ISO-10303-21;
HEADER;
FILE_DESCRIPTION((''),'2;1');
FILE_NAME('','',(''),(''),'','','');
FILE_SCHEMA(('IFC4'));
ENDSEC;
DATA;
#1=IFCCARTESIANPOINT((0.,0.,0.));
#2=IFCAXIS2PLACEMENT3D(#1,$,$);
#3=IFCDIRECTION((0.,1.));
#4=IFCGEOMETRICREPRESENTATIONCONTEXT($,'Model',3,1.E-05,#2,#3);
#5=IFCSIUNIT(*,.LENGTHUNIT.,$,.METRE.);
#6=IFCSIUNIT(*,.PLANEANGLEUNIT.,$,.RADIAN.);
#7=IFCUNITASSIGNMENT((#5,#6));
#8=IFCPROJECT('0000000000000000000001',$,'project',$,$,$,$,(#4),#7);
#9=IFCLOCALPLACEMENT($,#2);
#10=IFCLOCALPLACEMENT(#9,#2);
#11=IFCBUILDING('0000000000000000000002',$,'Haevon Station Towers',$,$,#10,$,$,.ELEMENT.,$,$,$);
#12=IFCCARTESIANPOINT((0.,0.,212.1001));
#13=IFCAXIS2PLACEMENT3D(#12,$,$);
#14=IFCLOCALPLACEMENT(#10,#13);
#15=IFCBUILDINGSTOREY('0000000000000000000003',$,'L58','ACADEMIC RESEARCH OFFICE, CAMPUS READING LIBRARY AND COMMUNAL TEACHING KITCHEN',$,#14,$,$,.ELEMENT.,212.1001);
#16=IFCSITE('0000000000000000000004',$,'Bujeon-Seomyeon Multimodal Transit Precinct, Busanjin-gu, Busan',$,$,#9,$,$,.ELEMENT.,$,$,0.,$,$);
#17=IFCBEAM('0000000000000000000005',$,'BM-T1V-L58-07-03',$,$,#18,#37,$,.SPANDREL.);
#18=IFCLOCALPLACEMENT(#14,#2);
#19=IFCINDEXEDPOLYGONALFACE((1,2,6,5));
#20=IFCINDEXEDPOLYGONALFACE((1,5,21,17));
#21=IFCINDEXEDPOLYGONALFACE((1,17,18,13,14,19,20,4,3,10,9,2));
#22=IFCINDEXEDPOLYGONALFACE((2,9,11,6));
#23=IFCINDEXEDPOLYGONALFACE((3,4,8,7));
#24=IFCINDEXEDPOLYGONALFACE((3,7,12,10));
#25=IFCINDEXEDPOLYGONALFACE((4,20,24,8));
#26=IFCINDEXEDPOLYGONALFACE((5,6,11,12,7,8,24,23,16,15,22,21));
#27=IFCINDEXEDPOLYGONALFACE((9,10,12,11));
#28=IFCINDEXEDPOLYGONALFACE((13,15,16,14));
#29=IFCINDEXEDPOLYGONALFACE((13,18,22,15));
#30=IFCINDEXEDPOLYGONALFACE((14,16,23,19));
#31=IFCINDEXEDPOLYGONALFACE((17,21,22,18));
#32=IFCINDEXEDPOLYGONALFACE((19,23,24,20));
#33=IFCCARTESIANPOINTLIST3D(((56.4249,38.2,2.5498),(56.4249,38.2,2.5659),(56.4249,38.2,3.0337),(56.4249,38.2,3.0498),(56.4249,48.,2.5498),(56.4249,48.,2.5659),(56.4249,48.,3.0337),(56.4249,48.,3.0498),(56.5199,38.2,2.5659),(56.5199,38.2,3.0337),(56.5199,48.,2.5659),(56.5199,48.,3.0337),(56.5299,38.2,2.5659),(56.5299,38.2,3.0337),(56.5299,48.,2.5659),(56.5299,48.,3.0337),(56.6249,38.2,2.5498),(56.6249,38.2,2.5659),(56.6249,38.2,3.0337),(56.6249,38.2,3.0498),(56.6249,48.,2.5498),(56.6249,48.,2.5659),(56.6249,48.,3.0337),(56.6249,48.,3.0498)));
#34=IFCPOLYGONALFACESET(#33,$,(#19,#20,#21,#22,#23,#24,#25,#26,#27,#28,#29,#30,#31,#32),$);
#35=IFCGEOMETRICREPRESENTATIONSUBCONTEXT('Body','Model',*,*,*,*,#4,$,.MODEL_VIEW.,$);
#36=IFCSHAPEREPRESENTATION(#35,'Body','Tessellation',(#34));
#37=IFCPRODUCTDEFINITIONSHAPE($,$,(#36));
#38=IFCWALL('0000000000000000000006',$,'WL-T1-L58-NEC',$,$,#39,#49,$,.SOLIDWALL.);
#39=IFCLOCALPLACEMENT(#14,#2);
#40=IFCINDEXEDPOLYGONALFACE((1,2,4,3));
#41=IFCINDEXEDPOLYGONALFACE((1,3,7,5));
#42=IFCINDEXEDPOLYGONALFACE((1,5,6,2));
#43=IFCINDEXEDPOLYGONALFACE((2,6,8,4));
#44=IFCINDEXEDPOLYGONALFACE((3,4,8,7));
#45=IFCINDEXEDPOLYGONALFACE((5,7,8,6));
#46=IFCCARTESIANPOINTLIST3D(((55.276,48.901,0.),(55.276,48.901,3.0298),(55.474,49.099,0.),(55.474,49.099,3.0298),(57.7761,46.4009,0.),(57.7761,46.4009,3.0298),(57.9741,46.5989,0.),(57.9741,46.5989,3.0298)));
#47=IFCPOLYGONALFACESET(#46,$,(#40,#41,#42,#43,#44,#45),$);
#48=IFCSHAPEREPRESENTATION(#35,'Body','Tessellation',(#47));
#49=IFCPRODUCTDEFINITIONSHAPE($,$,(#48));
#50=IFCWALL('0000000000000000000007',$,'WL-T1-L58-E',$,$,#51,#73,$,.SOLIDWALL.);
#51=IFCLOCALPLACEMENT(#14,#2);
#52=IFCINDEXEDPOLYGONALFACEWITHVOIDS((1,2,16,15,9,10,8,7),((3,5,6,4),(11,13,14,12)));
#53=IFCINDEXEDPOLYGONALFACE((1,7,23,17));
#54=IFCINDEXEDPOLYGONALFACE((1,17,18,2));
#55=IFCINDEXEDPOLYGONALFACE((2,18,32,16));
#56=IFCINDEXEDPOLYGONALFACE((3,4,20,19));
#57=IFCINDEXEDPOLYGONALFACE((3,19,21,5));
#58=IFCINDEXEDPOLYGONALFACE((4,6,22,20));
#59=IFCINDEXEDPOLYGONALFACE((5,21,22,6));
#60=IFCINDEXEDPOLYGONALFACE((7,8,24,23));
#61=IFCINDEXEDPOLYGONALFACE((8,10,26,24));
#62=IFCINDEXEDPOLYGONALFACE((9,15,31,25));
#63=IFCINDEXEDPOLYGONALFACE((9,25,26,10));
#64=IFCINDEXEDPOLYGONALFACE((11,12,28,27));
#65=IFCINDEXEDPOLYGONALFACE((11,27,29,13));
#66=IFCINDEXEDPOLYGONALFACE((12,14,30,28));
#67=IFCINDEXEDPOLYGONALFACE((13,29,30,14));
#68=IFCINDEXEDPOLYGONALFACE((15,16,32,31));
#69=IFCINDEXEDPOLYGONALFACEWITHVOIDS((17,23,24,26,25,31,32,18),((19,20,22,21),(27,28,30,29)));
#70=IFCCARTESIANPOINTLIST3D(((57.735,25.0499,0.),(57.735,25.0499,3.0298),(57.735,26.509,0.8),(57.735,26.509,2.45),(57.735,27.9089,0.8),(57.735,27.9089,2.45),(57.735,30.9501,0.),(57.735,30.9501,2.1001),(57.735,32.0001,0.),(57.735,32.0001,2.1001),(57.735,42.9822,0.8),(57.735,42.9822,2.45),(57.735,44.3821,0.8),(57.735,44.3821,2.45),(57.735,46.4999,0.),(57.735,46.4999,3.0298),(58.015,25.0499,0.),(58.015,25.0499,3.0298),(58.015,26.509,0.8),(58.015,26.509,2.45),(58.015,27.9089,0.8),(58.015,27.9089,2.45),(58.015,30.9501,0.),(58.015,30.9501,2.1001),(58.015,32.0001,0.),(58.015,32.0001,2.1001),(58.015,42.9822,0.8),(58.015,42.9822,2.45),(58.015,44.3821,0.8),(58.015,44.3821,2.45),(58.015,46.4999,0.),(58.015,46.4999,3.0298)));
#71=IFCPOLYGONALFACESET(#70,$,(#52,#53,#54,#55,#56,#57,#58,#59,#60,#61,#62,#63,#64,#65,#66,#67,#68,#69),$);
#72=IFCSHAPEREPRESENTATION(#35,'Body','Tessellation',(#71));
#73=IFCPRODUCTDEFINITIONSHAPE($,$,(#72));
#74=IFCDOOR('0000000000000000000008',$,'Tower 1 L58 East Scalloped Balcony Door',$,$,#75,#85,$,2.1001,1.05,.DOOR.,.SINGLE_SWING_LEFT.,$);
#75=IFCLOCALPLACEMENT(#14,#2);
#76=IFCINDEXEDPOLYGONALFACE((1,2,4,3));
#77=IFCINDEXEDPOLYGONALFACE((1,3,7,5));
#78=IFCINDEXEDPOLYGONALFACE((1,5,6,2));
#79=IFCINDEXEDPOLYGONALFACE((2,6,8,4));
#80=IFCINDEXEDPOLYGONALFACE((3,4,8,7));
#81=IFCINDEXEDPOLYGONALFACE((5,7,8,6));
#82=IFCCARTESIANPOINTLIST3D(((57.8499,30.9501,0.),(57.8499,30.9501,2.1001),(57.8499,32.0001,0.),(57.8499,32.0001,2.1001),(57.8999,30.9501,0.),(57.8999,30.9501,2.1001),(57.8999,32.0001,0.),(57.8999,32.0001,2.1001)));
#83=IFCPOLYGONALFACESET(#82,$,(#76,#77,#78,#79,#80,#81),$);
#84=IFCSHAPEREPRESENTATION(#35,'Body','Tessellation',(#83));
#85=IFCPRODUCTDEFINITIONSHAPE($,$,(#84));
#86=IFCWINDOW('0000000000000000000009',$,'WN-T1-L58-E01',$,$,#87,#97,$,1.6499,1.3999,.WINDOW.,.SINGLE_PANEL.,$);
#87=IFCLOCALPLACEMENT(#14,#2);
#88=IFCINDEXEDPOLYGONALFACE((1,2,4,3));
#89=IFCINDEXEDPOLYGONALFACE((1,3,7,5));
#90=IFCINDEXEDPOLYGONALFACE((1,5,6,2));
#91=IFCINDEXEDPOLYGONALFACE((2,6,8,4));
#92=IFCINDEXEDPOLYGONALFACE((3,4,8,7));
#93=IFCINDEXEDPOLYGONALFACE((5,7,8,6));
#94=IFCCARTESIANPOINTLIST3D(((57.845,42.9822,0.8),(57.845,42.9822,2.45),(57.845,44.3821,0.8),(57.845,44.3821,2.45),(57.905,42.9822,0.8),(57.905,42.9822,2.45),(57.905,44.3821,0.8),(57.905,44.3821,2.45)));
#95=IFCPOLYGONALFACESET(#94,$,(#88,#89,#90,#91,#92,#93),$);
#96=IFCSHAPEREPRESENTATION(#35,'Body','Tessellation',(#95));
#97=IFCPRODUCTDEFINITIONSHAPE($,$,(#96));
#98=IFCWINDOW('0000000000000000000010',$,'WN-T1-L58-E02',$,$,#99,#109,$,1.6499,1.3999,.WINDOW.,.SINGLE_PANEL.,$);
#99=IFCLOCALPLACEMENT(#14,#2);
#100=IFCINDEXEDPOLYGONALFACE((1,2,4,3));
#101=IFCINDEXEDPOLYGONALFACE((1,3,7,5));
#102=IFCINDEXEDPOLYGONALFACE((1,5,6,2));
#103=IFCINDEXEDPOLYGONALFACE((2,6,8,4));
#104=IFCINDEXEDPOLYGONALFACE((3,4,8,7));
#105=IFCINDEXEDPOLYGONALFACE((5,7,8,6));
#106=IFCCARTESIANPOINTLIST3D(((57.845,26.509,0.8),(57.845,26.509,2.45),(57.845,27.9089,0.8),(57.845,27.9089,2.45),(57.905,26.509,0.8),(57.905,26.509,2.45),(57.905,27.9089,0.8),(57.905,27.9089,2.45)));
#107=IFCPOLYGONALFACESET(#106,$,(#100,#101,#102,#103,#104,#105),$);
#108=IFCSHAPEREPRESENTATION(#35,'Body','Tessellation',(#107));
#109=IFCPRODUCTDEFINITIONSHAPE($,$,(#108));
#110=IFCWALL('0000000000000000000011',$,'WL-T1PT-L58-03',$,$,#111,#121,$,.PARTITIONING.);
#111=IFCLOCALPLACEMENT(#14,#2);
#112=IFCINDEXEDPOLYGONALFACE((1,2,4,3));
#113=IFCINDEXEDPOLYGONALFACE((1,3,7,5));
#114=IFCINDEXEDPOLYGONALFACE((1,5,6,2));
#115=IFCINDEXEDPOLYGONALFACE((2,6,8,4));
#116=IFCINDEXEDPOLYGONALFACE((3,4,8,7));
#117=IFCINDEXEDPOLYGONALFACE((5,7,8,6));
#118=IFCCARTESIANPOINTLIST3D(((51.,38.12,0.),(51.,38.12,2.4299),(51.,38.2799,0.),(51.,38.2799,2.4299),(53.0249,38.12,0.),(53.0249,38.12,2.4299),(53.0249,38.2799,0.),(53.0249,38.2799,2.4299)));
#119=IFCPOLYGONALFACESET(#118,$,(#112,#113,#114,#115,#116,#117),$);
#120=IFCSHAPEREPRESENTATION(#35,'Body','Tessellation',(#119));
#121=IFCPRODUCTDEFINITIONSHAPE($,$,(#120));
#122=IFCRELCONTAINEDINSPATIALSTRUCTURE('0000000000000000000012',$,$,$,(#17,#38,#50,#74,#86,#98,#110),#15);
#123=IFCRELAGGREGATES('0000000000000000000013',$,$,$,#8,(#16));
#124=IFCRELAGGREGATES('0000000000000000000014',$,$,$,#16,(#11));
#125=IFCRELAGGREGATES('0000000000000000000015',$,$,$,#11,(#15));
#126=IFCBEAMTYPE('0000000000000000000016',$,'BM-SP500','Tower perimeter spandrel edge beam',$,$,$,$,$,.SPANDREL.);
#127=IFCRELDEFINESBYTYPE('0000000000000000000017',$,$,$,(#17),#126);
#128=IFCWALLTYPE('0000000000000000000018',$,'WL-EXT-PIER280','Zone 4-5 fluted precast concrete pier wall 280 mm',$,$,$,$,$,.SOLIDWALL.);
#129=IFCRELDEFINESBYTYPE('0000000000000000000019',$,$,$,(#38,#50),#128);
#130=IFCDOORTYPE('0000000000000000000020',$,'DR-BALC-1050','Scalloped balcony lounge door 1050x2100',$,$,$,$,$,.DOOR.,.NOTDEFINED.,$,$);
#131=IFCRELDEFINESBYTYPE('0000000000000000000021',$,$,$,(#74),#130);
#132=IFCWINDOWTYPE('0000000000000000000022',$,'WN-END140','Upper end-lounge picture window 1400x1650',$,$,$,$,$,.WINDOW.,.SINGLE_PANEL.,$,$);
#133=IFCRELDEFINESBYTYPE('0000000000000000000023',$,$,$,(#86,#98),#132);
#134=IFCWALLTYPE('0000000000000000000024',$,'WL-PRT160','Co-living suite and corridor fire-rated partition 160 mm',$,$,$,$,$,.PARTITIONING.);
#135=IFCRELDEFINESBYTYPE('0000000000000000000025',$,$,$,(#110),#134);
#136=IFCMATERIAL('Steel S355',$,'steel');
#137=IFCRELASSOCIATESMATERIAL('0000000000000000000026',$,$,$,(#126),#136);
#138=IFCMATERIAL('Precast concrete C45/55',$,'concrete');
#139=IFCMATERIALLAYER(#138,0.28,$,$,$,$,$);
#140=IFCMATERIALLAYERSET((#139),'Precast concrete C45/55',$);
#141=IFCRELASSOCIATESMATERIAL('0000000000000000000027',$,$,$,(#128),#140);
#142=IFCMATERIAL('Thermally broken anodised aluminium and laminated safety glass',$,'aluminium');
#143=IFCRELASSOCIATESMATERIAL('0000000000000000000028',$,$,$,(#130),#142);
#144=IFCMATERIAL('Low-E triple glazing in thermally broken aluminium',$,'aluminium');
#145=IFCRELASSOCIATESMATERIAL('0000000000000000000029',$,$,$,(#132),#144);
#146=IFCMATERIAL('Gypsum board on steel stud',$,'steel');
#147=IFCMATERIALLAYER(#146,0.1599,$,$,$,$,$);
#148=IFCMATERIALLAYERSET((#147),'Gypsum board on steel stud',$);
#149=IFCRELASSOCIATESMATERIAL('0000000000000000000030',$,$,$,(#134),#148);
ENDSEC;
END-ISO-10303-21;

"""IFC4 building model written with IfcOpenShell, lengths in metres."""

from ifc_helpers import new_model, si_unit, direction, frame, frame_2d, origin, origin_2d, place, context, subcontext, project, spatial, rectangle, i_section, extrude, material, layer, layer_set, material_profile, profile_set, type_object, element, fill, save


model = new_model("IFC4")

# Units and contexts
model_context = context("Model", 3, precision=1e-05, world=origin(), true_north=direction((0.0, 1.0)))
body_context = subcontext(model_context, "Body", "Model", "MODEL_VIEW")
ifc_project = project(units=[si_unit("LENGTHUNIT", "METRE"), si_unit("PLANEANGLEUNIT", "RADIAN")], contexts=[model_context])

# Site, building, storey
site_placement = place(None, origin())
site = spatial("IfcSite", under=ifc_project, at=site_placement, Name="Bujeon-Seomyeon Multimodal Transit Precinct, Busanjin-gu, Busan", CompositionType="ELEMENT", RefElevation=0.0)
building_placement = place(site_placement, origin())
building = spatial("IfcBuilding", under=site, at=building_placement, Name="Haevon Station Towers", CompositionType="ELEMENT")
storey_placement = place(building_placement, frame((0.0, 0.0, 212.1001)))
storey = spatial("IfcBuildingStorey", under=building, at=storey_placement, Name="L58", Description="ACADEMIC RESEARCH OFFICE, CAMPUS READING LIBRARY AND COMMUNAL TEACHING KITCHEN", CompositionType="ELEMENT", Elevation=212.1001)

# Shared definitions
ifc_material_1 = material(Name="Steel S355", Category="steel")

# Beam
ifc_material_profile_1 = material_profile(ifc_material_1, i_section(OverallWidth=0.2, OverallDepth=0.5, WebThickness=0.01, FlangeThickness=0.0161, at=origin_2d()), Name="H-500x200x10x16")
ifc_profile_set_1 = profile_set([ifc_material_profile_1], Name="Steel S355")
beam_type_1 = type_object("IfcBeamType", Name="BM-SP500", Description="Tower perimeter spandrel edge beam", PredefinedType="SPANDREL", material=ifc_profile_set_1)
beam_1_placement = place(storey_placement, frame((56.5249, 38.2, 2.7998), z_axis=(0.0, 1.0, 0.0), x_axis=(-1.0, 0.0, 0.0)))
element("IfcBeam", 1, at=beam_1_placement, inside=storey, type_object=beam_type_1, Name="BM-T1V-L58-07-03", PredefinedType="SPANDREL", context=body_context, shape_type="SweptSolid", body=[
    extrude(i_section(OverallWidth=0.2, OverallDepth=0.5, WebThickness=0.01, FlangeThickness=0.0161, at=origin_2d()), origin(), (0.0, 0.0, 1.0), 9.8),
])

# Wall
ifc_material_2 = material(Name="Precast concrete C45/55", Category="concrete")
ifc_layer_1 = layer(ifc_material_2, 0.28)
ifc_layer_set_1 = layer_set([ifc_layer_1], Name="Precast concrete C45/55")
wall_type_1 = type_object("IfcWallType", Name="WL-EXT-PIER280", Description="Zone 4-5 fluted precast concrete pier wall 280 mm", PredefinedType="SOLIDWALL", material=ifc_layer_set_1)
wall_1_placement = place(storey_placement, frame((55.375, 49.0, 0.0), z_axis=(0.0, 0.0, 1.0), x_axis=(0.707107, -0.707107, 0.0)))
element("IfcWall", 2, at=wall_1_placement, inside=storey, type_object=wall_type_1, Name="WL-T1-L58-NEC", PredefinedType="SOLIDWALL", context=body_context, shape_type="SweptSolid", body=[
    extrude(rectangle(XDim=3.5356, YDim=0.28, at=frame_2d((1.7678, 0.0))), origin(), (0.0, 0.0, 1.0), 3.0298),
])

# Wall, openings, door, windows
wall_2_placement = place(storey_placement, frame((57.875, 46.5, 0.0), z_axis=(0.0, 0.0, 1.0), x_axis=(0.0, -1.0, 0.0)))
wall_2 = element("IfcWall", 3, at=wall_2_placement, inside=storey, type_object=wall_type_1, Name="WL-T1-L58-E", PredefinedType="SOLIDWALL", context=body_context, shape_type="SweptSolid", body=[
    extrude(rectangle(XDim=21.45, YDim=0.28, at=frame_2d((10.7251, 0.0))), origin(), (0.0, 0.0, 1.0), 3.0298),
])
opening_1_placement = place(wall_2_placement, frame((14.5, 0.0, 0.0)))
opening_1 = element("IfcOpeningElement", 4, at=opening_1_placement, cuts=wall_2, PredefinedType="OPENING", context=body_context, shape_type="SweptSolid", body=[
    extrude(rectangle(XDim=1.05, YDim=2.1001, at=frame_2d((0.5249, 1.05))), frame((0.0, 0.1499, 0.0), z_axis=(0.0, -1.0, 0.0), x_axis=(1.0, 0.0, 0.0)), (0.0, 0.0, 1.0), 0.3),
])
opening_2_placement = place(wall_2_placement, frame((2.1179, 0.0, 0.8)))
opening_2 = element("IfcOpeningElement", 5, at=opening_2_placement, cuts=wall_2, PredefinedType="OPENING", context=body_context, shape_type="SweptSolid", body=[
    extrude(rectangle(XDim=1.3999, YDim=1.6499, at=frame_2d((0.7, 0.825))), frame((0.0, 0.1499, 0.0), z_axis=(0.0, -1.0, 0.0), x_axis=(1.0, 0.0, 0.0)), (0.0, 0.0, 1.0), 0.3),
])
opening_3_placement = place(wall_2_placement, frame((18.5911, 0.0, 0.8)))
opening_3 = element("IfcOpeningElement", 6, at=opening_3_placement, cuts=wall_2, PredefinedType="OPENING", context=body_context, shape_type="SweptSolid", body=[
    extrude(rectangle(XDim=1.3999, YDim=1.6499, at=frame_2d((0.7, 0.825))), frame((0.0, 0.1499, 0.0), z_axis=(0.0, -1.0, 0.0), x_axis=(1.0, 0.0, 0.0)), (0.0, 0.0, 1.0), 0.3),
])
ifc_material_3 = material(Name="Thermally broken anodised aluminium and laminated safety glass", Category="aluminium")
door_type = type_object("IfcDoorType", Name="DR-BALC-1050", Description="Scalloped balcony lounge door 1050x2100", OperationType="NOTDEFINED", PredefinedType="DOOR", material=ifc_material_3)
door_placement = place(opening_1_placement, origin())
door = element("IfcDoor", 7, at=door_placement, inside=storey, type_object=door_type, Name="Tower 1 L58 East Scalloped Balcony Door", OperationType="SINGLE_SWING_LEFT", OverallHeight=2.1001, OverallWidth=1.05, PredefinedType="DOOR", context=body_context, shape_type="SweptSolid", body=[
    extrude(rectangle(XDim=1.05, YDim=2.1001, at=frame_2d((0.5249, 1.05))), frame((0.0, 0.0249, 0.0), z_axis=(0.0, -1.0, 0.0), x_axis=(1.0, 0.0, 0.0)), (0.0, 0.0, 1.0), 0.05),
])
fill(opening_1, door)
ifc_material_4 = material(Name="Low-E triple glazing in thermally broken aluminium", Category="aluminium")
window_type = type_object("IfcWindowType", Name="WN-END140", Description="Upper end-lounge picture window 1400x1650", PartitioningType="SINGLE_PANEL", PredefinedType="WINDOW", material=ifc_material_4)
window_1_placement = place(opening_2_placement, origin())
window_1 = element("IfcWindow", 8, at=window_1_placement, inside=storey, type_object=window_type, Name="WN-T1-L58-E01", OverallHeight=1.6499, OverallWidth=1.3999, PartitioningType="SINGLE_PANEL", PredefinedType="WINDOW", context=body_context, shape_type="SweptSolid", body=[
    extrude(rectangle(XDim=1.3999, YDim=1.6499, at=frame_2d((0.7, 0.825))), frame((0.0, 0.03, 0.0), z_axis=(0.0, -1.0, 0.0), x_axis=(1.0, 0.0, 0.0)), (0.0, 0.0, 1.0), 0.0601),
])
fill(opening_2, window_1)
window_2_placement = place(opening_3_placement, origin())
window_2 = element("IfcWindow", 9, at=window_2_placement, inside=storey, type_object=window_type, Name="WN-T1-L58-E02", OverallHeight=1.6499, OverallWidth=1.3999, PartitioningType="SINGLE_PANEL", PredefinedType="WINDOW", context=body_context, shape_type="SweptSolid", body=[
    extrude(rectangle(XDim=1.3999, YDim=1.6499, at=frame_2d((0.7, 0.825))), frame((0.0, 0.03, 0.0), z_axis=(0.0, -1.0, 0.0), x_axis=(1.0, 0.0, 0.0)), (0.0, 0.0, 1.0), 0.0601),
])
fill(opening_3, window_2)

# Wall
ifc_material_5 = material(Name="Gypsum board on steel stud", Category="steel")
ifc_layer_2 = layer(ifc_material_5, 0.1599)
ifc_layer_set_2 = layer_set([ifc_layer_2], Name="Gypsum board on steel stud")
wall_type_2 = type_object("IfcWallType", Name="WL-PRT160", Description="Co-living suite and corridor fire-rated partition 160 mm", PredefinedType="PARTITIONING", material=ifc_layer_set_2)
wall_3_placement = place(storey_placement, frame((51.0, 38.2, 0.0), z_axis=(0.0, 0.0, 1.0), x_axis=(1.0, 0.0, 0.0)))
element("IfcWall", 10, at=wall_3_placement, inside=storey, type_object=wall_type_2, Name="WL-T1PT-L58-03", PredefinedType="PARTITIONING", context=body_context, shape_type="SweptSolid", body=[
    extrude(rectangle(XDim=2.0249, YDim=0.1599, at=frame_2d((1.0125, 0.0))), origin(), (0.0, 0.0, 1.0), 2.4299),
])

save(model, "model.ifc")
